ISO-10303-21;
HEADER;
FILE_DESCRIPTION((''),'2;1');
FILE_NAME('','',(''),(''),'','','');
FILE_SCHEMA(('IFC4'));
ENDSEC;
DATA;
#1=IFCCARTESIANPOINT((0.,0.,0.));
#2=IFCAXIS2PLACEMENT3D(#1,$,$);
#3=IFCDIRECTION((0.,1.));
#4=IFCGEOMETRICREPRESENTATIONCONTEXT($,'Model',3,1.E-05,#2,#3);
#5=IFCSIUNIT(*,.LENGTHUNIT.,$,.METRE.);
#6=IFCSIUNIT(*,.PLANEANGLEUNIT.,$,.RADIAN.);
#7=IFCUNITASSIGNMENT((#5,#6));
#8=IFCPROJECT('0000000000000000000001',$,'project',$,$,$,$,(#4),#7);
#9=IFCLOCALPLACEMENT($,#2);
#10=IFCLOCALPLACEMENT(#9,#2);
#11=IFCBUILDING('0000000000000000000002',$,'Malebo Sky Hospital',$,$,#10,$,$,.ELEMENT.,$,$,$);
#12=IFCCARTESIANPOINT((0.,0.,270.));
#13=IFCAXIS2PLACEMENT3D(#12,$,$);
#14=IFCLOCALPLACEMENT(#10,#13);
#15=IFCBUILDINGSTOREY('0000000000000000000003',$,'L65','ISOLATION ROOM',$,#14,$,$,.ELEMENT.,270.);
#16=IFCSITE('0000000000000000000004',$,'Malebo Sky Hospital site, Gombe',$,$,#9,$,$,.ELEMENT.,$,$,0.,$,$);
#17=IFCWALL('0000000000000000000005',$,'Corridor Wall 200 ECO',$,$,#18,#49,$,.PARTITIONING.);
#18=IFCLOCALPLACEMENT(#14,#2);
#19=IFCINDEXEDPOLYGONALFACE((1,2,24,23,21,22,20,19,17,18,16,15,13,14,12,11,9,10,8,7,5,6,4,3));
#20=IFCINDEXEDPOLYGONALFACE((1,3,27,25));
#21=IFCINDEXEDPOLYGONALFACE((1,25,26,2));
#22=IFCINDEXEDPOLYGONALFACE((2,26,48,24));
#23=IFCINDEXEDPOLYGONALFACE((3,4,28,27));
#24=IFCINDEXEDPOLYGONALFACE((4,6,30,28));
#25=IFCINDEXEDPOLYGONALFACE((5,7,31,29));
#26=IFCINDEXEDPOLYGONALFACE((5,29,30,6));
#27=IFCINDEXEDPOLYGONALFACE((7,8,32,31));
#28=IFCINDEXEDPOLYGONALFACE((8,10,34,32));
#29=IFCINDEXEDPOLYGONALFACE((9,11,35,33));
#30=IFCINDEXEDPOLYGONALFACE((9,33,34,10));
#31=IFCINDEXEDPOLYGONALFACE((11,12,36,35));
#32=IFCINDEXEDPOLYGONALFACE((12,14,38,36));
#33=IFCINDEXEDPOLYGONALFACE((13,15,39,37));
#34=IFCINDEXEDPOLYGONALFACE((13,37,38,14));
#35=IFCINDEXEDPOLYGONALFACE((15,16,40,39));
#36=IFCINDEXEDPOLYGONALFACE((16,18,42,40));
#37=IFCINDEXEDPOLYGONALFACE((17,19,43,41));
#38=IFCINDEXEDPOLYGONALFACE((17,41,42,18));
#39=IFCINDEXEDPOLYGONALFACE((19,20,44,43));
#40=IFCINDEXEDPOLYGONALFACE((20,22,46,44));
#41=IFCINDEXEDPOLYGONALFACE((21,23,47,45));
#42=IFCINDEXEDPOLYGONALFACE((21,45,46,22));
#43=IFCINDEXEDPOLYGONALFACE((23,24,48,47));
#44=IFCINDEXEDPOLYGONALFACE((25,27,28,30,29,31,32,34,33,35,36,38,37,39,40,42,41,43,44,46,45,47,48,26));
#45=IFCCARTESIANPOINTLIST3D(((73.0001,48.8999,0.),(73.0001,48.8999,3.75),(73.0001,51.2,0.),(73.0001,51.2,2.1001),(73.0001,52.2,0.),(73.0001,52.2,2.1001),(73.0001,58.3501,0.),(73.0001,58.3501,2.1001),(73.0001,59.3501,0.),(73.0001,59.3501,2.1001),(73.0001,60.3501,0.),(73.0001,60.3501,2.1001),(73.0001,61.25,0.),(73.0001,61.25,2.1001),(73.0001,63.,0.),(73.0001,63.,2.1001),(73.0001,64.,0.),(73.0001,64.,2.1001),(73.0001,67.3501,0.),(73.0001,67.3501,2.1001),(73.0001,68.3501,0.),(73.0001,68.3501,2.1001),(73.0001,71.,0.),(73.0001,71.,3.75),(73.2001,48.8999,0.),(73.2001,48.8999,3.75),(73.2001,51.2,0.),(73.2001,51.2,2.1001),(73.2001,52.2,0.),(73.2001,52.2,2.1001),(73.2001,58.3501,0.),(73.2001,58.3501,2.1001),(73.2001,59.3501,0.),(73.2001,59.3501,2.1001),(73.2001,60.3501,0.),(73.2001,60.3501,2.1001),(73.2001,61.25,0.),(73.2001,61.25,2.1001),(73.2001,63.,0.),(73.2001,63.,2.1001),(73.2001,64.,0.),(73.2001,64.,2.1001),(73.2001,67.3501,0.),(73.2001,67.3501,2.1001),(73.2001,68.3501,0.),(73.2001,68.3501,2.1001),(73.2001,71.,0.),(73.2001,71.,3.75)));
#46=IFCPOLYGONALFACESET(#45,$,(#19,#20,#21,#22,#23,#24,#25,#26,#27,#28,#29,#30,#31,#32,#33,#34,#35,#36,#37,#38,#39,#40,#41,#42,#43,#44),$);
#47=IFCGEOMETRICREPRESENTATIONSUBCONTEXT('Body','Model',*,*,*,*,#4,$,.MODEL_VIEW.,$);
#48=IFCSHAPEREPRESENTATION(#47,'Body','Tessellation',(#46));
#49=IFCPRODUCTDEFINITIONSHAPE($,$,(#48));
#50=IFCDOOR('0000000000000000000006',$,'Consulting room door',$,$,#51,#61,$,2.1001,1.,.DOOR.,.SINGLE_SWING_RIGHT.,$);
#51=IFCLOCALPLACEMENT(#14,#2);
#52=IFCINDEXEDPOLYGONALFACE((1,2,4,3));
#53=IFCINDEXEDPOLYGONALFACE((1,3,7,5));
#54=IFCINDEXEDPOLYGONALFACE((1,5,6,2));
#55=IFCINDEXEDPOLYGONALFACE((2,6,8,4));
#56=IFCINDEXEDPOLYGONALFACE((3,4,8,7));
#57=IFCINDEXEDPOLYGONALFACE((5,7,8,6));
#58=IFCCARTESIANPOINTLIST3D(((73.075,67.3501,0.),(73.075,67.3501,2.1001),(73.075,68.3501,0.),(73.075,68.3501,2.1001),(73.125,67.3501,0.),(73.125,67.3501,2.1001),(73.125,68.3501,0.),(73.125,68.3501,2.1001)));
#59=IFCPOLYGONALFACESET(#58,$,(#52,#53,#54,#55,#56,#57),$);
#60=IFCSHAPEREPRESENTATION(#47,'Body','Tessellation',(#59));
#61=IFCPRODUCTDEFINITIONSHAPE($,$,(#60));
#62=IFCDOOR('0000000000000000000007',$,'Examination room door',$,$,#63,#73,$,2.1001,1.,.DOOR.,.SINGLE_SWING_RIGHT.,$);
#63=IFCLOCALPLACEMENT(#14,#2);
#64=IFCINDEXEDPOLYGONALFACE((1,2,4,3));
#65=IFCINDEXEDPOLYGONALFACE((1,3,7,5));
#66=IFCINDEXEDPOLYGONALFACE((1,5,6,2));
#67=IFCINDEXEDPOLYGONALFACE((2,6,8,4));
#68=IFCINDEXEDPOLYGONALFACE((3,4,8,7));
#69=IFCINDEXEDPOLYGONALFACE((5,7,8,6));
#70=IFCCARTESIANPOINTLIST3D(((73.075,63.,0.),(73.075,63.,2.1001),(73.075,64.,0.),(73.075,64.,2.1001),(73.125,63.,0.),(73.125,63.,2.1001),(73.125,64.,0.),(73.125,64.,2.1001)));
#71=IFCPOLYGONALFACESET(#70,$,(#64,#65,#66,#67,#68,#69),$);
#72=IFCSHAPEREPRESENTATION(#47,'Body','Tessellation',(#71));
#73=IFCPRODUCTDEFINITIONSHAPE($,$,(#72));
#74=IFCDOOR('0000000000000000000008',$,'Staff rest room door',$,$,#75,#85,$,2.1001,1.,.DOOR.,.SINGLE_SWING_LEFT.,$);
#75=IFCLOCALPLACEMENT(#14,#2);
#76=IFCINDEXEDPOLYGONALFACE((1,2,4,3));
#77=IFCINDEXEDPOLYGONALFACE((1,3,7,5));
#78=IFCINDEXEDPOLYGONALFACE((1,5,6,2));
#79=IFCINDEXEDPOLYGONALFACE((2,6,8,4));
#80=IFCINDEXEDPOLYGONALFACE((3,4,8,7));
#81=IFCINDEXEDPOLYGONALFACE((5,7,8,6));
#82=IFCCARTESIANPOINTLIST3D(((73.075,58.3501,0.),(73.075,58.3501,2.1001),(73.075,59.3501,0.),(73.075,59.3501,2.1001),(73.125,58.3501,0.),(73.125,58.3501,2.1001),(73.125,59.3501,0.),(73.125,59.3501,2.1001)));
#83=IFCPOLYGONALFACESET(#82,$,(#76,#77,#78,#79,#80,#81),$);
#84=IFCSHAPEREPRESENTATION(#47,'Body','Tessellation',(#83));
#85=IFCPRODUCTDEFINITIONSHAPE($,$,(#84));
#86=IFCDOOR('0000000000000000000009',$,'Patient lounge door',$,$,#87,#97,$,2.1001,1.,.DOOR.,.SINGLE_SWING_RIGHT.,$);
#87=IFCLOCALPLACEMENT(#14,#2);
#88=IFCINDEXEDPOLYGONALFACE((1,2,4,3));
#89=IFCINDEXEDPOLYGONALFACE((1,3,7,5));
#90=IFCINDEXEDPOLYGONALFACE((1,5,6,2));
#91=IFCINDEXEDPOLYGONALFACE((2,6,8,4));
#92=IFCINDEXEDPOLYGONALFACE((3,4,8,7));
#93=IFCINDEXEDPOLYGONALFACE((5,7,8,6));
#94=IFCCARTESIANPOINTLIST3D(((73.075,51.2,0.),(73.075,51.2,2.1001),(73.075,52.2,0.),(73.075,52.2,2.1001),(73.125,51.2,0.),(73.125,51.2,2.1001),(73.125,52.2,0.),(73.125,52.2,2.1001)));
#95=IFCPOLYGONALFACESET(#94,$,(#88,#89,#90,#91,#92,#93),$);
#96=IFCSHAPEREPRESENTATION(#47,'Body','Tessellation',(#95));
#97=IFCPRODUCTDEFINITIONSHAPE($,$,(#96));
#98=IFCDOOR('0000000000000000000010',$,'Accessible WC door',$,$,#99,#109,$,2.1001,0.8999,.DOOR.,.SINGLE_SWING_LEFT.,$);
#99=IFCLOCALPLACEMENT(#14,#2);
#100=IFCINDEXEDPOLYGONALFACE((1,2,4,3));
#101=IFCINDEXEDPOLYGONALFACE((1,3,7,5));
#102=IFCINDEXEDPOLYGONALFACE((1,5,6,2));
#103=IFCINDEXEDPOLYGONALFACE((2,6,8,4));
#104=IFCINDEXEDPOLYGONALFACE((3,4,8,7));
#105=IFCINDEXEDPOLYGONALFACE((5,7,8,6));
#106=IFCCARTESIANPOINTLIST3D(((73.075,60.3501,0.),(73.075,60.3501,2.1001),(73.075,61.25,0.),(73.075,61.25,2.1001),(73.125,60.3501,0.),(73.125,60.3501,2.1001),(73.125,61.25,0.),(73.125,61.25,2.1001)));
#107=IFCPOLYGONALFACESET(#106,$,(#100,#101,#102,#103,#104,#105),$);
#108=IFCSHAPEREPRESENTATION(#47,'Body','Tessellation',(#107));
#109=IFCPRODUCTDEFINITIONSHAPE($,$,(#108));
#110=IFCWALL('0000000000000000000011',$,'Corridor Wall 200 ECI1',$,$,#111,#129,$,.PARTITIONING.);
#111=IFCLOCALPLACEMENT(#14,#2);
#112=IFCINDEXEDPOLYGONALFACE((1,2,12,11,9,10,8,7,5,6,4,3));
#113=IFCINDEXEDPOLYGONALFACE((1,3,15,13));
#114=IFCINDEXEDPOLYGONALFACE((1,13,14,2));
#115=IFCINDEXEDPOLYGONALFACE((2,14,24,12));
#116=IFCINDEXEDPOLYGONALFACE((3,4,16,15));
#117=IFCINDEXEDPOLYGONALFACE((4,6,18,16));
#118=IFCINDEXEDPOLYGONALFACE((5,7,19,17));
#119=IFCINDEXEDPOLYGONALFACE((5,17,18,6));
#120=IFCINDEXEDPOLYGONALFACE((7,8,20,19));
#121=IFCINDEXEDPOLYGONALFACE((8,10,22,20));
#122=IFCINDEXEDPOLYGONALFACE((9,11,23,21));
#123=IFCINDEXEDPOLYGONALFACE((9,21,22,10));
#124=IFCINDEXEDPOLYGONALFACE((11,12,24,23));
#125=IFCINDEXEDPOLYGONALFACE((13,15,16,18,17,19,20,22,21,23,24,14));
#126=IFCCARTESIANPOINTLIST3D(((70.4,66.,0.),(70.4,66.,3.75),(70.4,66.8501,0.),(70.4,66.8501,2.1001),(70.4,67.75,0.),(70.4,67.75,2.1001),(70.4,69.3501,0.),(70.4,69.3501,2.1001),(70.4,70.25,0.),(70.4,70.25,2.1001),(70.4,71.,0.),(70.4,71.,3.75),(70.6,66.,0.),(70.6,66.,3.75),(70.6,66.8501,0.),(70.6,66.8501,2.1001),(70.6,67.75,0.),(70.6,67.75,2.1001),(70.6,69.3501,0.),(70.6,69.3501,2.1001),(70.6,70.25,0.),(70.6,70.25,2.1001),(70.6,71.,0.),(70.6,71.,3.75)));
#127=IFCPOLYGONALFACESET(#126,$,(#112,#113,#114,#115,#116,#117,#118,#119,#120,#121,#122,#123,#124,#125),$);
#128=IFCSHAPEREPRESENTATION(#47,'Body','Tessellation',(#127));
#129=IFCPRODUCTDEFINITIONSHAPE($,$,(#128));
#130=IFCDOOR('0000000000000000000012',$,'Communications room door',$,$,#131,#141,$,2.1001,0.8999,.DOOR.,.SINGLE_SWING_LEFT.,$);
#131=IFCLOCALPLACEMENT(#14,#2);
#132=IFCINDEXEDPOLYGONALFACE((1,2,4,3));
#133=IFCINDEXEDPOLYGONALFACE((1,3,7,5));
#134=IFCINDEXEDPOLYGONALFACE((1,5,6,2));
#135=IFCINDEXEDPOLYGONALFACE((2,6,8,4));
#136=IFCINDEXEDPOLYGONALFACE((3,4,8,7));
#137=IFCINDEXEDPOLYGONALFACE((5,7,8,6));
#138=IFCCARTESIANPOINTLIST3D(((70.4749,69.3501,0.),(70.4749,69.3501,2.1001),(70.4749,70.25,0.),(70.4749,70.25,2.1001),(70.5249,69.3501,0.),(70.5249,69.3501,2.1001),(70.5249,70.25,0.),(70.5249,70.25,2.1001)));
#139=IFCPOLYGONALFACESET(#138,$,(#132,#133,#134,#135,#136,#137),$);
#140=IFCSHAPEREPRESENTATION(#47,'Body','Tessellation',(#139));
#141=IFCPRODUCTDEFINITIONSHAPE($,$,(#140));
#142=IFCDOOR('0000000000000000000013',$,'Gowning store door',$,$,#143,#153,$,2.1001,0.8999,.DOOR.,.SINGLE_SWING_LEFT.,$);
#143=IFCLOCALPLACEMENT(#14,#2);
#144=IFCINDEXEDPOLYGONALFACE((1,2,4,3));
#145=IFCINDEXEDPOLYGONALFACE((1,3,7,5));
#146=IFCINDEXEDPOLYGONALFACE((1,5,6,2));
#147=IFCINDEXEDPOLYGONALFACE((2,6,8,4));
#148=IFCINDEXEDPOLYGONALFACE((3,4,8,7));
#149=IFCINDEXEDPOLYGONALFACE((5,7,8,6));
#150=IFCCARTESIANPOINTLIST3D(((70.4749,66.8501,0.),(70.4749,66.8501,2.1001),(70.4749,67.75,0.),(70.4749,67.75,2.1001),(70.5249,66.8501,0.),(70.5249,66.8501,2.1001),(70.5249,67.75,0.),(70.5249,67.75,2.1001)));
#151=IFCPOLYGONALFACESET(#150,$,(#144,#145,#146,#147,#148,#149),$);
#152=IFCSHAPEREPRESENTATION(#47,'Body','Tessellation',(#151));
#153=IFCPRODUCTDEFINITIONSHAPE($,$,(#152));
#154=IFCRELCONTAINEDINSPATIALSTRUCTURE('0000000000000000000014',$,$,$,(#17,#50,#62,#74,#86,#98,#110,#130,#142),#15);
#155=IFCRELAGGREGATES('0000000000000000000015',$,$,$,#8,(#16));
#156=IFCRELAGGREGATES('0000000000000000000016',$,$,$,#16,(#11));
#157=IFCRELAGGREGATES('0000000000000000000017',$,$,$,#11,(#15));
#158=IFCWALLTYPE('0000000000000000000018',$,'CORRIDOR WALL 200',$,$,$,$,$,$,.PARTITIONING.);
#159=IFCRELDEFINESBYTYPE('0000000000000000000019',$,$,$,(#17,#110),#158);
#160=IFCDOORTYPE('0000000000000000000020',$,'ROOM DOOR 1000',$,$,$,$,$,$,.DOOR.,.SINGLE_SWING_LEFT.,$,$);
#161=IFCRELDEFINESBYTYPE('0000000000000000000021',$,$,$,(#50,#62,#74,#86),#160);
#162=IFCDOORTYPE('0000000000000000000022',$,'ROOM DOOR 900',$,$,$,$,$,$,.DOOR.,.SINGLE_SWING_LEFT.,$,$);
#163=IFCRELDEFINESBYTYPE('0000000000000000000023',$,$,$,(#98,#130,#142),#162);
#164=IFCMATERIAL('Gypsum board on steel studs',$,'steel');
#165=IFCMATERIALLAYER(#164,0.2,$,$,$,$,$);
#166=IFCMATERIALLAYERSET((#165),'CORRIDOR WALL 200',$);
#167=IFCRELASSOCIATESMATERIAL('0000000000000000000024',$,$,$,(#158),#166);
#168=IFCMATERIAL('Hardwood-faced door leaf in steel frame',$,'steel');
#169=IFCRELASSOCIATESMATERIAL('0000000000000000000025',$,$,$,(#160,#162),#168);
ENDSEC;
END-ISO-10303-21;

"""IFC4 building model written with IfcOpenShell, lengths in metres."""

from ifc_helpers import new_model, si_unit, direction, frame, frame_2d, origin, place, context, subcontext, project, spatial, rectangle, extrude, material, layer, layer_set, type_object, element, fill, save


model = new_model("IFC4")

# Units and contexts
model_context = context("Model", 3, precision=1e-05, world=origin(), true_north=direction((0.0, 1.0)))
body_context = subcontext(model_context, "Body", "Model", "MODEL_VIEW")
ifc_project = project(units=[si_unit("LENGTHUNIT", "METRE"), si_unit("PLANEANGLEUNIT", "RADIAN")], contexts=[model_context])

# Site, building, storey
site_placement = place(None, origin())
site = spatial("IfcSite", under=ifc_project, at=site_placement, Name="Malebo Sky Hospital site, Gombe", CompositionType="ELEMENT", RefElevation=0.0)
building_placement = place(site_placement, origin())
building = spatial("IfcBuilding", under=site, at=building_placement, Name="Malebo Sky Hospital", CompositionType="ELEMENT")
storey_placement = place(building_placement, frame((0.0, 0.0, 270.0)))
storey = spatial("IfcBuildingStorey", under=building, at=storey_placement, Name="L65", Description="ISOLATION ROOM", CompositionType="ELEMENT", Elevation=270.0)

# Walls, openings, doors
ifc_material_1 = material(Name="Gypsum board on steel studs", Category="steel")
ifc_layer_1 = layer(ifc_material_1, 0.2)
ifc_layer_set_1 = layer_set([ifc_layer_1], Name="CORRIDOR WALL 200")
wall_type_1 = type_object("IfcWallType", Name="CORRIDOR WALL 200", PredefinedType="PARTITIONING", material=ifc_layer_set_1)
wall_1_placement = place(storey_placement, frame((73.1001, 71.0, 0.0), z_axis=(0.0, 0.0, 1.0), x_axis=(0.0, -1.0, 0.0)))
wall_1 = element("IfcWall", 1, at=wall_1_placement, inside=storey, type_object=wall_type_1, Name="Corridor Wall 200 ECO", PredefinedType="PARTITIONING", context=body_context, shape_type="SweptSolid", body=[
    extrude(rectangle(XDim=22.1001, YDim=0.2, at=frame_2d((11.05, 0.0))), origin(), (0.0, 0.0, 1.0), 3.75),
])
opening_1_placement = place(wall_1_placement, frame((2.6499, 0.0, 0.0)))
opening_1 = element("IfcOpeningElement", 2, at=opening_1_placement, cuts=wall_1, PredefinedType="OPENING", context=body_context, shape_type="SweptSolid", body=[
    extrude(rectangle(XDim=1.0, YDim=2.1001, at=frame_2d((0.5, 1.05))), frame((0.0, 0.1099, 0.0), z_axis=(0.0, -1.0, 0.0), x_axis=(1.0, 0.0, 0.0)), (0.0, 0.0, 1.0), 0.22),
])
opening_2_placement = place(wall_1_placement, frame((7.0, 0.0, 0.0)))
opening_2 = element("IfcOpeningElement", 3, at=opening_2_placement, cuts=wall_1, PredefinedType="OPENING", context=body_context, shape_type="SweptSolid", body=[
    extrude(rectangle(XDim=1.0, YDim=2.1001, at=frame_2d((0.5, 1.05))), frame((0.0, 0.1099, 0.0), z_axis=(0.0, -1.0, 0.0), x_axis=(1.0, 0.0, 0.0)), (0.0, 0.0, 1.0), 0.22),
])
opening_3_placement = place(wall_1_placement, frame((9.75, 0.0, 0.0)))
opening_3 = element("IfcOpeningElement", 4, at=opening_3_placement, cuts=wall_1, PredefinedType="OPENING", context=body_context, shape_type="SweptSolid", body=[
    extrude(rectangle(XDim=0.8999, YDim=2.1001, at=frame_2d((0.45, 1.05))), frame((0.0, 0.1099, 0.0), z_axis=(0.0, -1.0, 0.0), x_axis=(1.0, 0.0, 0.0)), (0.0, 0.0, 1.0), 0.22),
])
opening_4_placement = place(wall_1_placement, frame((11.6499, 0.0, 0.0)))
opening_4 = element("IfcOpeningElement", 5, at=opening_4_placement, cuts=wall_1, PredefinedType="OPENING", context=body_context, shape_type="SweptSolid", body=[
    extrude(rectangle(XDim=1.0, YDim=2.1001, at=frame_2d((0.5, 1.05))), frame((0.0, 0.1099, 0.0), z_axis=(0.0, -1.0, 0.0), x_axis=(1.0, 0.0, 0.0)), (0.0, 0.0, 1.0), 0.22),
])
opening_5_placement = place(wall_1_placement, frame((18.8, 0.0, 0.0)))
opening_5 = element("IfcOpeningElement", 6, at=opening_5_placement, cuts=wall_1, PredefinedType="OPENING", context=body_context, shape_type="SweptSolid", body=[
    extrude(rectangle(XDim=1.0, YDim=2.1001, at=frame_2d((0.5, 1.05))), frame((0.0, 0.1099, 0.0), z_axis=(0.0, -1.0, 0.0), x_axis=(1.0, 0.0, 0.0)), (0.0, 0.0, 1.0), 0.22),
])
ifc_material_2 = material(Name="Hardwood-faced door leaf in steel frame", Category="steel")
door_type_1 = type_object("IfcDoorType", Name="ROOM DOOR 1000", OperationType="SINGLE_SWING_LEFT", PredefinedType="DOOR", material=ifc_material_2)
door_1_placement = place(opening_1_placement, origin())
door_1 = element("IfcDoor", 7, at=door_1_placement, inside=storey, type_object=door_type_1, Name="Consulting room door", OperationType="SINGLE_SWING_RIGHT", OverallHeight=2.1001, OverallWidth=1.0, PredefinedType="DOOR", context=body_context, shape_type="SweptSolid", body=[
    extrude(rectangle(XDim=1.0, YDim=2.1001, at=frame_2d((0.5, 1.05))), frame((0.0, 0.0249, 0.0), z_axis=(0.0, -1.0, 0.0), x_axis=(1.0, 0.0, 0.0)), (0.0, 0.0, 1.0), 0.05),
])
fill(opening_1, door_1)
door_2_placement = place(opening_2_placement, origin())
door_2 = element("IfcDoor", 8, at=door_2_placement, inside=storey, type_object=door_type_1, Name="Examination room door", OperationType="SINGLE_SWING_RIGHT", OverallHeight=2.1001, OverallWidth=1.0, PredefinedType="DOOR", context=body_context, shape_type="SweptSolid", body=[
    extrude(rectangle(XDim=1.0, YDim=2.1001, at=frame_2d((0.5, 1.05))), frame((0.0, 0.0249, 0.0), z_axis=(0.0, -1.0, 0.0), x_axis=(1.0, 0.0, 0.0)), (0.0, 0.0, 1.0), 0.05),
])
fill(opening_2, door_2)
door_3_placement = place(opening_4_placement, origin())
door_3 = element("IfcDoor", 9, at=door_3_placement, inside=storey, type_object=door_type_1, Name="Staff rest room door", OperationType="SINGLE_SWING_LEFT", OverallHeight=2.1001, OverallWidth=1.0, PredefinedType="DOOR", context=body_context, shape_type="SweptSolid", body=[
    extrude(rectangle(XDim=1.0, YDim=2.1001, at=frame_2d((0.5, 1.05))), frame((0.0, 0.0249, 0.0), z_axis=(0.0, -1.0, 0.0), x_axis=(1.0, 0.0, 0.0)), (0.0, 0.0, 1.0), 0.05),
])
fill(opening_4, door_3)
door_4_placement = place(opening_5_placement, origin())
door_4 = element("IfcDoor", 10, at=door_4_placement, inside=storey, type_object=door_type_1, Name="Patient lounge door", OperationType="SINGLE_SWING_RIGHT", OverallHeight=2.1001, OverallWidth=1.0, PredefinedType="DOOR", context=body_context, shape_type="SweptSolid", body=[
    extrude(rectangle(XDim=1.0, YDim=2.1001, at=frame_2d((0.5, 1.05))), frame((0.0, 0.0249, 0.0), z_axis=(0.0, -1.0, 0.0), x_axis=(1.0, 0.0, 0.0)), (0.0, 0.0, 1.0), 0.05),
])
fill(opening_5, door_4)
door_type_2 = type_object("IfcDoorType", Name="ROOM DOOR 900", OperationType="SINGLE_SWING_LEFT", PredefinedType="DOOR", material=ifc_material_2)
door_5_placement = place(opening_3_placement, origin())
door_5 = element("IfcDoor", 11, at=door_5_placement, inside=storey, type_object=door_type_2, Name="Accessible WC door", OperationType="SINGLE_SWING_LEFT", OverallHeight=2.1001, OverallWidth=0.8999, PredefinedType="DOOR", context=body_context, shape_type="SweptSolid", body=[
    extrude(rectangle(XDim=0.8999, YDim=2.1001, at=frame_2d((0.45, 1.05))), frame((0.0, 0.0249, 0.0), z_axis=(0.0, -1.0, 0.0), x_axis=(1.0, 0.0, 0.0)), (0.0, 0.0, 1.0), 0.05),
])
fill(opening_3, door_5)
wall_2_placement = place(storey_placement, frame((70.5, 71.0, 0.0), z_axis=(0.0, 0.0, 1.0), x_axis=(0.0, -1.0, 0.0)))
wall_2 = element("IfcWall", 12, at=wall_2_placement, inside=storey, type_object=wall_type_1, Name="Corridor Wall 200 ECI1", PredefinedType="PARTITIONING", context=body_context, shape_type="SweptSolid", body=[
    extrude(rectangle(XDim=5.0, YDim=0.2, at=frame_2d((2.5, 0.0))), origin(), (0.0, 0.0, 1.0), 3.75),
])
opening_6_placement = place(wall_2_placement, frame((0.75, 0.0, 0.0)))
opening_6 = element("IfcOpeningElement", 13, at=opening_6_placement, cuts=wall_2, PredefinedType="OPENING", context=body_context, shape_type="SweptSolid", body=[
    extrude(rectangle(XDim=0.8999, YDim=2.1001, at=frame_2d((0.45, 1.05))), frame((0.0, 0.1099, 0.0), z_axis=(0.0, -1.0, 0.0), x_axis=(1.0, 0.0, 0.0)), (0.0, 0.0, 1.0), 0.22),
])
opening_7_placement = place(wall_2_placement, frame((3.25, 0.0, 0.0)))
opening_7 = element("IfcOpeningElement", 14, at=opening_7_placement, cuts=wall_2, PredefinedType="OPENING", context=body_context, shape_type="SweptSolid", body=[
    extrude(rectangle(XDim=0.8999, YDim=2.1001, at=frame_2d((0.45, 1.05))), frame((0.0, 0.1099, 0.0), z_axis=(0.0, -1.0, 0.0), x_axis=(1.0, 0.0, 0.0)), (0.0, 0.0, 1.0), 0.22),
])
door_6_placement = place(opening_6_placement, origin())
door_6 = element("IfcDoor", 15, at=door_6_placement, inside=storey, type_object=door_type_2, Name="Communications room door", OperationType="SINGLE_SWING_LEFT", OverallHeight=2.1001, OverallWidth=0.8999, PredefinedType="DOOR", context=body_context, shape_type="SweptSolid", body=[
    extrude(rectangle(XDim=0.8999, YDim=2.1001, at=frame_2d((0.45, 1.05))), frame((0.0, 0.0249, 0.0), z_axis=(0.0, -1.0, 0.0), x_axis=(1.0, 0.0, 0.0)), (0.0, 0.0, 1.0), 0.05),
])
fill(opening_6, door_6)
door_7_placement = place(opening_7_placement, origin())
door_7 = element("IfcDoor", 16, at=door_7_placement, inside=storey, type_object=door_type_2, Name="Gowning store door", OperationType="SINGLE_SWING_LEFT", OverallHeight=2.1001, OverallWidth=0.8999, PredefinedType="DOOR", context=body_context, shape_type="SweptSolid", body=[
    extrude(rectangle(XDim=0.8999, YDim=2.1001, at=frame_2d((0.45, 1.05))), frame((0.0, 0.0249, 0.0), z_axis=(0.0, -1.0, 0.0), x_axis=(1.0, 0.0, 0.0)), (0.0, 0.0, 1.0), 0.05),
])
fill(opening_7, door_7)

save(model, "model.ifc")
